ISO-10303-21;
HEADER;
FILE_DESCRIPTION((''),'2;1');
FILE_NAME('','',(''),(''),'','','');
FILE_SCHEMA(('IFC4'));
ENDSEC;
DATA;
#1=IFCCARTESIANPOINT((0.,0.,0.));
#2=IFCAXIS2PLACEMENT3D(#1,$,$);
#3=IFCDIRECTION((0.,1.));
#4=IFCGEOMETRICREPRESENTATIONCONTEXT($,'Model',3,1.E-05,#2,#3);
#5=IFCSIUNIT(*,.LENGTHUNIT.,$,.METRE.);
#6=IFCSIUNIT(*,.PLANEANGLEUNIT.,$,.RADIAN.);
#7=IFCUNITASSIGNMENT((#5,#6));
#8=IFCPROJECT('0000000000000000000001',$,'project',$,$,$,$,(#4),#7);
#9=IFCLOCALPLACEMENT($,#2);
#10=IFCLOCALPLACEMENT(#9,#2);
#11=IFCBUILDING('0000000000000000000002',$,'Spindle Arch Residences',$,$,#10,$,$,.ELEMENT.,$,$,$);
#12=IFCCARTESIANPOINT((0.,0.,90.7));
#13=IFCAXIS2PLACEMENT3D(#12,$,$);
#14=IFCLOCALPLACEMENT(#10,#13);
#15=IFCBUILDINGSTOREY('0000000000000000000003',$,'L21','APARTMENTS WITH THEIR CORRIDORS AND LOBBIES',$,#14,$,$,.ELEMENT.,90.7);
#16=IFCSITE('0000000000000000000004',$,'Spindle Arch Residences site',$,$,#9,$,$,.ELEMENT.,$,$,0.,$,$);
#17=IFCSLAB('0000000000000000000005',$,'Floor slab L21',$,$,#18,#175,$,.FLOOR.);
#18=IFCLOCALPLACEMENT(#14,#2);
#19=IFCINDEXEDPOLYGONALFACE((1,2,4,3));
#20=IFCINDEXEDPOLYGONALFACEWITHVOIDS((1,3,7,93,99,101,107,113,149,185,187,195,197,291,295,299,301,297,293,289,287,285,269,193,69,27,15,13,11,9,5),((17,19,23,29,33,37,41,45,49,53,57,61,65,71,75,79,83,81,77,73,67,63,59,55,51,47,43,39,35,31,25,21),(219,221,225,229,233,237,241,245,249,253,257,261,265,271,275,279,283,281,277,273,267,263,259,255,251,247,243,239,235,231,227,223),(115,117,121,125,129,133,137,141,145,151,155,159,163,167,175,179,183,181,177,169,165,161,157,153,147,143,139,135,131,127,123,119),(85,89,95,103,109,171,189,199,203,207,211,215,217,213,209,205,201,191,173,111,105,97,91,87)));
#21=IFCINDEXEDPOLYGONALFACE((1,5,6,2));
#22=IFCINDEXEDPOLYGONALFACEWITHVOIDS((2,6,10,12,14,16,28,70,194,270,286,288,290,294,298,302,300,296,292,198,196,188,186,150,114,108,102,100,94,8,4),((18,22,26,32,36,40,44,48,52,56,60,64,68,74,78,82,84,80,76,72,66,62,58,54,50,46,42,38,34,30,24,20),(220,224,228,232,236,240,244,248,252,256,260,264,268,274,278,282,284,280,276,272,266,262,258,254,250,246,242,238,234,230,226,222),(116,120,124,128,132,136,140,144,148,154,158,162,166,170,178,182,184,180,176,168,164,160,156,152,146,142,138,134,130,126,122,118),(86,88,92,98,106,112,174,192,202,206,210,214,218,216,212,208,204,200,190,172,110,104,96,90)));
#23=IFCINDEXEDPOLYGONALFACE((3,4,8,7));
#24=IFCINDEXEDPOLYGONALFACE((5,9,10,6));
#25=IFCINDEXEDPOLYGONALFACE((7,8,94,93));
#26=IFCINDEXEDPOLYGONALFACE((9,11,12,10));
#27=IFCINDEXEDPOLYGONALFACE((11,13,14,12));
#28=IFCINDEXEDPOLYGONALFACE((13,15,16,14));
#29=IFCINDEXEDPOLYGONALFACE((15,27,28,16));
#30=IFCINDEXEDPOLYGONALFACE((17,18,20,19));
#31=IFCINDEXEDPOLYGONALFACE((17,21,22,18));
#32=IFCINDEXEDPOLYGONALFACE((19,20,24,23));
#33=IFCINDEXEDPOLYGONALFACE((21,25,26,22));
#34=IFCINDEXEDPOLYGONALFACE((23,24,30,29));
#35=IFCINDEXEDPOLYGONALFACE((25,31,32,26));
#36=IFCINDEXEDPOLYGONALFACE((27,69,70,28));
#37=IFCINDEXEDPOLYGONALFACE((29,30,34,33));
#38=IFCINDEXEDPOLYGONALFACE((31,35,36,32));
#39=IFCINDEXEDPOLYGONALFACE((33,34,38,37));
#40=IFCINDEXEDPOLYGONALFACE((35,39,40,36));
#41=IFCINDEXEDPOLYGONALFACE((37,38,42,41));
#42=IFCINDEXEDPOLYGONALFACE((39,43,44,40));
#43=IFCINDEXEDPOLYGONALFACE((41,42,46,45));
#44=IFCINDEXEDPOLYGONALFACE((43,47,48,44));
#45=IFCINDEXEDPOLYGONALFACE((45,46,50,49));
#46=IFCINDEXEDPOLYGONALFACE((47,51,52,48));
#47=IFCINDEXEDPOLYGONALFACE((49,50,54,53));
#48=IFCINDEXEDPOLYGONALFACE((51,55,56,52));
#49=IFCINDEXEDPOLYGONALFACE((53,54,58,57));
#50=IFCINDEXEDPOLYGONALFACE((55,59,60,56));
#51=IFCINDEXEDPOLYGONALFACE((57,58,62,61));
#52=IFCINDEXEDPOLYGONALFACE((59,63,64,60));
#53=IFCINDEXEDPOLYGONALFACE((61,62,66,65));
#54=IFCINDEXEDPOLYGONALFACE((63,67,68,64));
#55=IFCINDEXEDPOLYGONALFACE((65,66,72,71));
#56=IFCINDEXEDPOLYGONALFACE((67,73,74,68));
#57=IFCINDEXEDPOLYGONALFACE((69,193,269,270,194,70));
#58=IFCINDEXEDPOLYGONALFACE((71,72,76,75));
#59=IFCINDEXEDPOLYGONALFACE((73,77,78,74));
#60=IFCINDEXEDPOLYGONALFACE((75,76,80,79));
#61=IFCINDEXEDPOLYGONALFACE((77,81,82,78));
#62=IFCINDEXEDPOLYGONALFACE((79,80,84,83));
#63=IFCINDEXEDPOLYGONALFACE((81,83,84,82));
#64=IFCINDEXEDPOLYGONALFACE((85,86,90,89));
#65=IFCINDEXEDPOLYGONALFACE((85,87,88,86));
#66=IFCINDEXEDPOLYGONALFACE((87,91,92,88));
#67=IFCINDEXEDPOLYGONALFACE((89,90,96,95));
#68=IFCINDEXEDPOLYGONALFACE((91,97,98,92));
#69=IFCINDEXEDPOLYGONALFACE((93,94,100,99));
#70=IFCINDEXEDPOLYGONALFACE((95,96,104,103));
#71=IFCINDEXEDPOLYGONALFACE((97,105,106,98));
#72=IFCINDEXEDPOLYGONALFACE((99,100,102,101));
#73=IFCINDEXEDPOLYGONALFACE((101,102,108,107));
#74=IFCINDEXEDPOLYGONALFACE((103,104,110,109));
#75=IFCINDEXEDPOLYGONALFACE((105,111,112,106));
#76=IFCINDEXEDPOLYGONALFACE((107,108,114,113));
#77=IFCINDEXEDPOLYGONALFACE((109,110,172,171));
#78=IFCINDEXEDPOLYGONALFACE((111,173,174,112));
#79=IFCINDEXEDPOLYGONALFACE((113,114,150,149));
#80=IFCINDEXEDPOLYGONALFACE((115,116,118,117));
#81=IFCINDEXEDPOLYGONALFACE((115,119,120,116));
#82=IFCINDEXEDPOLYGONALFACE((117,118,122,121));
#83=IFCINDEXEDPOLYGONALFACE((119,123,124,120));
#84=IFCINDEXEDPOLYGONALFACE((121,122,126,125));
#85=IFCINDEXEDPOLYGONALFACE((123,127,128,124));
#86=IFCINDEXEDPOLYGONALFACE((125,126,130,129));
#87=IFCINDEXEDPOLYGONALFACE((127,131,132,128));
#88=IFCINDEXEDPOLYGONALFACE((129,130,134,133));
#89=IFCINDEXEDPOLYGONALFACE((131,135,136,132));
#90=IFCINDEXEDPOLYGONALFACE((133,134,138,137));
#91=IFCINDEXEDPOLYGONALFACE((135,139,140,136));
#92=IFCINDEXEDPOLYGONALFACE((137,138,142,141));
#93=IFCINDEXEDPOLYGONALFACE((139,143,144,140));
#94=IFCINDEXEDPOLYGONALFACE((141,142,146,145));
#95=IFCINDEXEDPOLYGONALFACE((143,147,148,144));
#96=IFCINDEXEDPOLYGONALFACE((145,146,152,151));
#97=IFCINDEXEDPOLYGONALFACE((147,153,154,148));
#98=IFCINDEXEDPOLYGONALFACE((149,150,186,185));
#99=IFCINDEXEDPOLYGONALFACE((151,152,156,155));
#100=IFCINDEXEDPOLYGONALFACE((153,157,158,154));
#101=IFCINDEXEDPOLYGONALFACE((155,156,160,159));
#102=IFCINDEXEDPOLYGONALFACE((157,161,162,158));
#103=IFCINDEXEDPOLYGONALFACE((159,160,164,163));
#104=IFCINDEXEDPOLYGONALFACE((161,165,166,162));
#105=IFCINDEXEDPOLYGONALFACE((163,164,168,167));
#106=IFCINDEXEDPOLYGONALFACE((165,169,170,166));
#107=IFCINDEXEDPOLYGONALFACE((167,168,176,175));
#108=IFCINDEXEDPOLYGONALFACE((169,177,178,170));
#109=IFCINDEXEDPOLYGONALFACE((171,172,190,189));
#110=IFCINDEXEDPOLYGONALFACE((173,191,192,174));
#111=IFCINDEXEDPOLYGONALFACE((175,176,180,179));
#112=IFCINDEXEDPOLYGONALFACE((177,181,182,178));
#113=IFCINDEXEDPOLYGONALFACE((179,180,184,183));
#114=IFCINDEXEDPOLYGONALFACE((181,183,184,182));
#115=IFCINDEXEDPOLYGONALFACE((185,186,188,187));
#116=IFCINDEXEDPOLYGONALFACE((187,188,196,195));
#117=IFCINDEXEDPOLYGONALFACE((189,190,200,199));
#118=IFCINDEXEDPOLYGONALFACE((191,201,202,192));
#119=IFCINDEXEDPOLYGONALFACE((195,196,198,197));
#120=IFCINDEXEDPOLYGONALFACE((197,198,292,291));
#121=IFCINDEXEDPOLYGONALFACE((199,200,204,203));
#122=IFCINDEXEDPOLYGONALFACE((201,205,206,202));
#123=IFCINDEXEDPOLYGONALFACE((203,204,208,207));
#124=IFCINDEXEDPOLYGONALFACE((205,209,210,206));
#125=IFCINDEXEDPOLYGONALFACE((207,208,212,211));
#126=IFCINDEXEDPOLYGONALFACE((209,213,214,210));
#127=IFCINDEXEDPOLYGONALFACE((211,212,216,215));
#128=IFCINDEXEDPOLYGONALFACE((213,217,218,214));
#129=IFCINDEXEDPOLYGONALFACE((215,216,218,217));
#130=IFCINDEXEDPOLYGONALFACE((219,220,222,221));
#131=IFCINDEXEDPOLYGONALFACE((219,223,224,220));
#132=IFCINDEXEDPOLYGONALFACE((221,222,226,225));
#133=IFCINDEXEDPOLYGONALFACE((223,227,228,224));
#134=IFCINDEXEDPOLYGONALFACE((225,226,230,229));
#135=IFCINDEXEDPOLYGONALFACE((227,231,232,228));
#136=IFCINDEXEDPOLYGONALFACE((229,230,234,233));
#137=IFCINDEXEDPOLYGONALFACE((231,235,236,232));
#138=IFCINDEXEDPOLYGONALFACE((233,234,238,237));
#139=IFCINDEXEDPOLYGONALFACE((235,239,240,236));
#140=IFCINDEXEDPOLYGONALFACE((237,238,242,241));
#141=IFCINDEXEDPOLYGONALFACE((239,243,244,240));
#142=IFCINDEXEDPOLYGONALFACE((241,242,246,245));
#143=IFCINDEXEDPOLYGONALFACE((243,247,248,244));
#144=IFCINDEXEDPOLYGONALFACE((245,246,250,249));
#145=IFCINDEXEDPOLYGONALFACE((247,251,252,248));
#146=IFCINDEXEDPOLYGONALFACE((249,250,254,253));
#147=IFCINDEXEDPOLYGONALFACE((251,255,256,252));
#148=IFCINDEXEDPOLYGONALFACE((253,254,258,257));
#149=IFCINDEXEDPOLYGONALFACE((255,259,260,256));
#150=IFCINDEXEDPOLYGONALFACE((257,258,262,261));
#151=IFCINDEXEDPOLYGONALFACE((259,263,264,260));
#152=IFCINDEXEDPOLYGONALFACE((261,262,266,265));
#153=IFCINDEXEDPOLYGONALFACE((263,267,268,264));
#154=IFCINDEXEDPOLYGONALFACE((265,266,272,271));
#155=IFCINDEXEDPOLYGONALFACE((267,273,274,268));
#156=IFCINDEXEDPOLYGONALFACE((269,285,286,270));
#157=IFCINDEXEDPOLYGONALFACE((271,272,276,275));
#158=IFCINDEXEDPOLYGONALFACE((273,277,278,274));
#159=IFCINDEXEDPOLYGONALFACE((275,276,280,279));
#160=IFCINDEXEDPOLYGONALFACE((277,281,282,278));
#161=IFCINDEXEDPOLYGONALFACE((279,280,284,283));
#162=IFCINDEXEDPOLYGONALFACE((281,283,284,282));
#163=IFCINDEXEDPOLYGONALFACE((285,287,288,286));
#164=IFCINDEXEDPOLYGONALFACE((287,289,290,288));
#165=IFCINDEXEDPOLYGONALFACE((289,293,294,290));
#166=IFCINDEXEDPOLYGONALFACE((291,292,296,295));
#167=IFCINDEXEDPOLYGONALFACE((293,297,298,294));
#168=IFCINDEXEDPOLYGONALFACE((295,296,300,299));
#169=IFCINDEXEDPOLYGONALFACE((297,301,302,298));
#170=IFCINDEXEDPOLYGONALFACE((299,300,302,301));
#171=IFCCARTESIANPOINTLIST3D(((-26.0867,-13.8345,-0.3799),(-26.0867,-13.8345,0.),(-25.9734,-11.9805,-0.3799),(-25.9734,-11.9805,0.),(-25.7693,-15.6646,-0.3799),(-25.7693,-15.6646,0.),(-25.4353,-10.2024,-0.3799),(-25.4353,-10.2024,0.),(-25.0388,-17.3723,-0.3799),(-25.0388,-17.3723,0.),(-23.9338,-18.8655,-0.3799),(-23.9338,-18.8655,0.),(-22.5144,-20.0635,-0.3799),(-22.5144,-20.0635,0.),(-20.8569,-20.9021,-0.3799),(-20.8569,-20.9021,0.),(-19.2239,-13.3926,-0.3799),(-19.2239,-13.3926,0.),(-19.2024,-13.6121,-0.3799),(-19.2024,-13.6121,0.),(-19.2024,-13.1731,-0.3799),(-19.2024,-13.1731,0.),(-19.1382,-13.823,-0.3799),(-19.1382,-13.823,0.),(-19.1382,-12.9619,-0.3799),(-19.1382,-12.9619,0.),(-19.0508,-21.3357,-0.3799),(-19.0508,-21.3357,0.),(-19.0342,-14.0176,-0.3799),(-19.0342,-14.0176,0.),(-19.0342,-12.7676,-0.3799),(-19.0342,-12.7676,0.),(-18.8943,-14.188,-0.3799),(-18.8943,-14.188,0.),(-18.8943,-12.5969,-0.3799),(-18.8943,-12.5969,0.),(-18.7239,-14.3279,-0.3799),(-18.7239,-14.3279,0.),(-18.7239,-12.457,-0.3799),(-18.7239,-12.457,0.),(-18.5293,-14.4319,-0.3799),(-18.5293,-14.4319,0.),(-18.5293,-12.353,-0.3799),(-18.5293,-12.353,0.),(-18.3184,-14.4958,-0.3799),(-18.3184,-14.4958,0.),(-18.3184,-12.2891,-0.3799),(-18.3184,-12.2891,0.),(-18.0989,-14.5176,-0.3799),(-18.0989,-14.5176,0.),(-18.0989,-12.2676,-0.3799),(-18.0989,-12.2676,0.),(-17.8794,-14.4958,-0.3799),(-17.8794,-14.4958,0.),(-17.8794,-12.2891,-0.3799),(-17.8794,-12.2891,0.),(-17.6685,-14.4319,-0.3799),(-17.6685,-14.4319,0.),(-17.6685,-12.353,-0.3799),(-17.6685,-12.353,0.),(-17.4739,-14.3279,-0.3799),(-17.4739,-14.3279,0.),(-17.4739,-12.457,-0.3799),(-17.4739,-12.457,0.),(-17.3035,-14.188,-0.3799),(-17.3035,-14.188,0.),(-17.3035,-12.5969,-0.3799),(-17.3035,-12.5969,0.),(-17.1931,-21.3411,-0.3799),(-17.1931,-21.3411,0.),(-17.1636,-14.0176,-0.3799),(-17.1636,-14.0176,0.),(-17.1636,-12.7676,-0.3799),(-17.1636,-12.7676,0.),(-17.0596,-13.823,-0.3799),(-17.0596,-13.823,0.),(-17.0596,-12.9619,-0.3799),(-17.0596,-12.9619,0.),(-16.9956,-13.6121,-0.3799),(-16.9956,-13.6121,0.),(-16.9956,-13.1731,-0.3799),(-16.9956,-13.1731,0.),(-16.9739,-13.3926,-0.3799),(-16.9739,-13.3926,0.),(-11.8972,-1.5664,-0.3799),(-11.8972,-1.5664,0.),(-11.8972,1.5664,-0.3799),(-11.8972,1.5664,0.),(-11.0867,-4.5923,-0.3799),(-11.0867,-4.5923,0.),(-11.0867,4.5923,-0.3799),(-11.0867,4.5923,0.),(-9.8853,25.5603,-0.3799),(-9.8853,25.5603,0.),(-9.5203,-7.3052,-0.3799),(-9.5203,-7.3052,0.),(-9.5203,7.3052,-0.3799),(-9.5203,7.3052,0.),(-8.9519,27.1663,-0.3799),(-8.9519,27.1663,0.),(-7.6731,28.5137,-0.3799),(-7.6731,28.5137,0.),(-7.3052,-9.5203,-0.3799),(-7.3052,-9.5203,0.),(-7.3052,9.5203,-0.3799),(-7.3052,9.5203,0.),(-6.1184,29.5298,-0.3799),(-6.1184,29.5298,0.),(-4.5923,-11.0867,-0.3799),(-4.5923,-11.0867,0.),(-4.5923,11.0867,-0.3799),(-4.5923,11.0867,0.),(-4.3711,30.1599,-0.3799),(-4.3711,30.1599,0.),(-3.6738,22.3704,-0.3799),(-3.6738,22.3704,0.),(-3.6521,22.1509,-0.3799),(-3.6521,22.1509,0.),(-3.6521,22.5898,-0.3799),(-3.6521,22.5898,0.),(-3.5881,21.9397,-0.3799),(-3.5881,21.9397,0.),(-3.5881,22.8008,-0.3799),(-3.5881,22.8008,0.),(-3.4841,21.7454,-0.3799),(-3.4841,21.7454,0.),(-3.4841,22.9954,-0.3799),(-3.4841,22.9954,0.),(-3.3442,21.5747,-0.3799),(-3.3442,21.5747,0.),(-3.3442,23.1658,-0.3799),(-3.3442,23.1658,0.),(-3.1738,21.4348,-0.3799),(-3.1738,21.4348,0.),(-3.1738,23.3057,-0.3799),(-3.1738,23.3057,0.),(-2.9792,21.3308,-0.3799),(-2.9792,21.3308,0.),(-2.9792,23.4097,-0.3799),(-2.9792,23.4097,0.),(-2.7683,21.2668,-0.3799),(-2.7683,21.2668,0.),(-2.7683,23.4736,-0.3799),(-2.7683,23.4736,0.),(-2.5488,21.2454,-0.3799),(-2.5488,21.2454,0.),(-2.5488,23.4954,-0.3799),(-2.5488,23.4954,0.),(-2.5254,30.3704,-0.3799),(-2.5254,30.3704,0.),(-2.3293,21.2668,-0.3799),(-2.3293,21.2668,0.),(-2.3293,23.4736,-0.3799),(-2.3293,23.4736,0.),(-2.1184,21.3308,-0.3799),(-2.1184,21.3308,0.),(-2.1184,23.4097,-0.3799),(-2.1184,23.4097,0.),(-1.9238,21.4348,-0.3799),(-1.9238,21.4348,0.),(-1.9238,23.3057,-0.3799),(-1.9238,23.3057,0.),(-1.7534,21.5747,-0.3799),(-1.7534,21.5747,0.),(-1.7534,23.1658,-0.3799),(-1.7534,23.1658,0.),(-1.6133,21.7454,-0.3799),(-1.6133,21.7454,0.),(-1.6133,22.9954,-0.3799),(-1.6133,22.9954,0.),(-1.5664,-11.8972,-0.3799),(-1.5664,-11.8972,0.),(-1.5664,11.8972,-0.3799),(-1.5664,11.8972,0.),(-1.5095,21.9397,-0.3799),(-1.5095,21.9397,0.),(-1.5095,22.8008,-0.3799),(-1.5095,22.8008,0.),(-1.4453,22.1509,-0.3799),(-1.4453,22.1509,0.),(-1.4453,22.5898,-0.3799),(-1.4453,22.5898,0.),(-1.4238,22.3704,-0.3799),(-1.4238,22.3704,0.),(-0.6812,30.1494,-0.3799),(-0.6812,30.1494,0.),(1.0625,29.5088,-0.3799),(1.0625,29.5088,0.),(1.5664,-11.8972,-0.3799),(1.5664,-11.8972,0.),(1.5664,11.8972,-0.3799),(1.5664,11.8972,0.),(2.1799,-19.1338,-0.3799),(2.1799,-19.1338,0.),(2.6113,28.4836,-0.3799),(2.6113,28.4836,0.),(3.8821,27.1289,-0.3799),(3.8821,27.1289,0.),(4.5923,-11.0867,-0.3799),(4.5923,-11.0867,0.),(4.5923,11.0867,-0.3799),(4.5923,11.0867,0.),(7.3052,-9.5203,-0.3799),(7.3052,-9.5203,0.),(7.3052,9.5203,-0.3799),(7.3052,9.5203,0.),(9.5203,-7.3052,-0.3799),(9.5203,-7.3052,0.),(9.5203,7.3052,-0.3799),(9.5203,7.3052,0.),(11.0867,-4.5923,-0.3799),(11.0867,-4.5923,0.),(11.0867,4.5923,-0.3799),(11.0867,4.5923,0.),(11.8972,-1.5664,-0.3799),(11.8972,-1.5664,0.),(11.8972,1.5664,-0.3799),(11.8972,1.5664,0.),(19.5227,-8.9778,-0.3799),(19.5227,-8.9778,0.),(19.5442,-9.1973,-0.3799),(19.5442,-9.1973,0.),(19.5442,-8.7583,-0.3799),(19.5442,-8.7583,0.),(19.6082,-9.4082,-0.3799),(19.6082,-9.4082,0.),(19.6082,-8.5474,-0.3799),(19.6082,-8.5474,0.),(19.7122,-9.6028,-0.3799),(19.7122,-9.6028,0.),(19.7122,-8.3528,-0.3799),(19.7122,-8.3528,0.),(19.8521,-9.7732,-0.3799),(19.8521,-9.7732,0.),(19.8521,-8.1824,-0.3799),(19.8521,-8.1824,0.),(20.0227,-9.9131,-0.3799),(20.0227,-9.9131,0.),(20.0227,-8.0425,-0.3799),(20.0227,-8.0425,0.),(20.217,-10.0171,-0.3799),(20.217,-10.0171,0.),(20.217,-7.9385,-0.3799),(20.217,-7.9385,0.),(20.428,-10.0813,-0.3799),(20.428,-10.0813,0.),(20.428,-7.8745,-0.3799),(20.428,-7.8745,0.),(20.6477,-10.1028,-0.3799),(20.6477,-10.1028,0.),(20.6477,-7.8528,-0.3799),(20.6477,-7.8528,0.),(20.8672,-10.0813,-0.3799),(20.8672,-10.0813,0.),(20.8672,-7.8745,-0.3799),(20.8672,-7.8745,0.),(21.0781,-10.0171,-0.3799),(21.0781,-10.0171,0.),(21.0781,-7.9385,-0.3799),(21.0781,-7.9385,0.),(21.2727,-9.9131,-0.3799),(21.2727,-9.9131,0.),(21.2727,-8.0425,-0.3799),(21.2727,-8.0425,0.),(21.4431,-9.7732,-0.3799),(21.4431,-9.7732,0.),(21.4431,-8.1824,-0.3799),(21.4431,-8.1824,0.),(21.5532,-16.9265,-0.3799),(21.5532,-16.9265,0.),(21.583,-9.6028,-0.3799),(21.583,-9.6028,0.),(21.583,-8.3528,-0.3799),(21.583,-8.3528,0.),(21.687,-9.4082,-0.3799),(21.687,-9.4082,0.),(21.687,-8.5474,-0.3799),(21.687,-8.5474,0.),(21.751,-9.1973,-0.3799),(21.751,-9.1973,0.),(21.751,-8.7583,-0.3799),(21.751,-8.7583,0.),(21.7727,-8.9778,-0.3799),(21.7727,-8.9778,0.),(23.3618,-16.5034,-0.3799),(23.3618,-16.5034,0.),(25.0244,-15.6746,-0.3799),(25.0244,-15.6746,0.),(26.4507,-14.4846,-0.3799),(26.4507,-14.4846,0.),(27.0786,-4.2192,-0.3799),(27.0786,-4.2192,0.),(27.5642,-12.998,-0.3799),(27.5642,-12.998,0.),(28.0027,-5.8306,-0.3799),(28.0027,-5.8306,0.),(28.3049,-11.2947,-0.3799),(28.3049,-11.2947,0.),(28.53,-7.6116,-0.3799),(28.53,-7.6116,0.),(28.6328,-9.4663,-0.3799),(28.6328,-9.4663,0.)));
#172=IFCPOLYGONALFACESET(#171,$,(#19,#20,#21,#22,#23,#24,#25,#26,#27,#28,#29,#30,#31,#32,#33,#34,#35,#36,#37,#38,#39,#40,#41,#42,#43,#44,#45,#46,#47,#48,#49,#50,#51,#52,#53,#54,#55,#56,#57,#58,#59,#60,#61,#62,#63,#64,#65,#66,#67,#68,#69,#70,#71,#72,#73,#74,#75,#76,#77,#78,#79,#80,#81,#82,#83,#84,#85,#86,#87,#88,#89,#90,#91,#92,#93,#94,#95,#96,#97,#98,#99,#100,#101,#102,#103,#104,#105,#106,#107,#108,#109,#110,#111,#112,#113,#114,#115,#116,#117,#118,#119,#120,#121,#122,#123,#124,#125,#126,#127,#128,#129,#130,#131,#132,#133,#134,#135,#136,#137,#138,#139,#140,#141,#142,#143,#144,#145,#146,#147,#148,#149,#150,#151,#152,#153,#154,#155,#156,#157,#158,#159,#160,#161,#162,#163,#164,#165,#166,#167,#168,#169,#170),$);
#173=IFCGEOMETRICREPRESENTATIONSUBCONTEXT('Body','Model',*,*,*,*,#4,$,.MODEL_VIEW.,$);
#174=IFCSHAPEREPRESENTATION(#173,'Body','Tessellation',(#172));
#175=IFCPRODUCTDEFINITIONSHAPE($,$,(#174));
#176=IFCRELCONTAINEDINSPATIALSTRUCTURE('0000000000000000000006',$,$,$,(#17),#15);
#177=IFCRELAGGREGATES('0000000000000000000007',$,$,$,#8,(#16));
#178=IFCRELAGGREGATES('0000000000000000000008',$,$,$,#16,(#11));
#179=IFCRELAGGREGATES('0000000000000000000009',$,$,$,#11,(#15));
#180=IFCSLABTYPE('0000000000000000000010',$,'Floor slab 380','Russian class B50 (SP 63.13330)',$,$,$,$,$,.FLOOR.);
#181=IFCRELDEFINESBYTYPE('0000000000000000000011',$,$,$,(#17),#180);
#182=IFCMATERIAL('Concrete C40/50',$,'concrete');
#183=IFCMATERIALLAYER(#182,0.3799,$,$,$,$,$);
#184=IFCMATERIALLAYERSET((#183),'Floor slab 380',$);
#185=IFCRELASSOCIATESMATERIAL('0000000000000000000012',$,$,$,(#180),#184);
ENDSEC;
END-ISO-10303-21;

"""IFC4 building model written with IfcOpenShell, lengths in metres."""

from ifc_helpers import new_model, si_unit, direction, frame, origin, place, context, subcontext, project, spatial, polyline, outline, extrude, material, layer, layer_set, type_object, element, save


model = new_model("IFC4")

# Units and contexts
model_context = context("Model", 3, precision=1e-05, world=origin(), true_north=direction((0.0, 1.0)))
body_context = subcontext(model_context, "Body", "Model", "MODEL_VIEW")
ifc_project = project(units=[si_unit("LENGTHUNIT", "METRE"), si_unit("PLANEANGLEUNIT", "RADIAN")], contexts=[model_context])

# Site, building, storey
site_placement = place(None, origin())
site = spatial("IfcSite", under=ifc_project, at=site_placement, Name="Spindle Arch Residences site", CompositionType="ELEMENT", RefElevation=0.0)
building_placement = place(site_placement, origin())
building = spatial("IfcBuilding", under=site, at=building_placement, Name="Spindle Arch Residences", CompositionType="ELEMENT")
storey_placement = place(building_placement, frame((0.0, 0.0, 90.7)))
storey = spatial("IfcBuildingStorey", under=building, at=storey_placement, Name="L21", Description="APARTMENTS WITH THEIR CORRIDORS AND LOBBIES", CompositionType="ELEMENT", Elevation=90.7)

# Slab
ifc_material_1 = material(Name="Concrete C40/50", Category="concrete")
ifc_layer_1 = layer(ifc_material_1, 0.3799)
ifc_layer_set_1 = layer_set([ifc_layer_1], Name="Floor slab 380")
slab_type = type_object("IfcSlabType", Name="Floor slab 380", Description="Russian class B50 (SP 63.13330)", PredefinedType="FLOOR", material=ifc_layer_set_1)
slab_placement = place(storey_placement, frame((0.0, 0.0, -0.3799)))
element("IfcSlab", 1, at=slab_placement, inside=storey, type_object=slab_type, Name="Floor slab L21", PredefinedType="FLOOR", context=body_context, shape_type="SweptSolid", body=[
    extrude(outline(polyline([(-19.0508, -21.3357), (-20.8569, -20.9021), (-22.5144, -20.0635), (-23.9338, -18.8655), (-25.0388, -17.3723), (-25.7693, -15.6646), (-26.0867, -13.8345), (-25.9734, -11.9805), (-25.4353, -10.2024), (-9.8853, 25.5603), (-8.9519, 27.1663), (-7.6731, 28.5137), (-6.1184, 29.5298), (-4.3711, 30.1599), (-2.5254, 30.3704), (-0.6812, 30.1494), (1.0625, 29.5088), (2.6113, 28.4836), (3.8821, 27.1289), (27.0786, -4.2192), (28.0027, -5.8306), (28.53, -7.6116), (28.6328, -9.4663), (28.3049, -11.2947), (27.5642, -12.998), (26.4507, -14.4846), (25.0244, -15.6746), (23.3618, -16.5034), (21.5532, -16.9265), (2.1799, -19.1338), (-17.1931, -21.3411), (-19.0508, -21.3357)]), holes=[polyline([(7.3052, -9.5203), (9.5203, -7.3052), (11.0867, -4.5923), (11.8972, -1.5664), (11.8972, 1.5664), (11.0867, 4.5923), (9.5203, 7.3052), (7.3052, 9.5203), (4.5923, 11.0867), (1.5664, 11.8972), (-1.5664, 11.8972), (-4.5923, 11.0867), (-7.3052, 9.5203), (-9.5203, 7.3052), (-11.0867, 4.5923), (-11.8972, 1.5664), (-11.8972, -1.5664), (-11.0867, -4.5923), (-9.5203, -7.3052), (-7.3052, -9.5203), (-4.5923, -11.0867), (-1.5664, -11.8972), (1.5664, -11.8972), (4.5923, -11.0867), (7.3052, -9.5203)]), polyline([(-17.3035, -14.188), (-17.1636, -14.0176), (-17.0596, -13.823), (-16.9956, -13.6121), (-16.9739, -13.3926), (-16.9956, -13.1731), (-17.0596, -12.9619), (-17.1636, -12.7676), (-17.3035, -12.5969), (-17.4739, -12.457), (-17.6685, -12.353), (-17.8794, -12.2891), (-18.0989, -12.2676), (-18.3184, -12.2891), (-18.5293, -12.353), (-18.7239, -12.457), (-18.8943, -12.5969), (-19.0342, -12.7676), (-19.1382, -12.9619), (-19.2024, -13.1731), (-19.2239, -13.3926), (-19.2024, -13.6121), (-19.1382, -13.823), (-19.0342, -14.0176), (-18.8943, -14.188), (-18.7239, -14.3279), (-18.5293, -14.4319), (-18.3184, -14.4958), (-18.0989, -14.5176), (-17.8794, -14.4958), (-17.6685, -14.4319), (-17.4739, -14.3279), (-17.3035, -14.188)]), polyline([(-1.7534, 21.5747), (-1.6133, 21.7454), (-1.5095, 21.9397), (-1.4453, 22.1509), (-1.4238, 22.3704), (-1.4453, 22.5898), (-1.5095, 22.8008), (-1.6133, 22.9954), (-1.7534, 23.1658), (-1.9238, 23.3057), (-2.1184, 23.4097), (-2.3293, 23.4736), (-2.5488, 23.4954), (-2.7683, 23.4736), (-2.9792, 23.4097), (-3.1738, 23.3057), (-3.3442, 23.1658), (-3.4841, 22.9954), (-3.5881, 22.8008), (-3.6521, 22.5898), (-3.6738, 22.3704), (-3.6521, 22.1509), (-3.5881, 21.9397), (-3.4841, 21.7454), (-3.3442, 21.5747), (-3.1738, 21.4348), (-2.9792, 21.3308), (-2.7683, 21.2668), (-2.5488, 21.2454), (-2.3293, 21.2668), (-2.1184, 21.3308), (-1.9238, 21.4348), (-1.7534, 21.5747)]), polyline([(21.4431, -9.7732), (21.583, -9.6028), (21.687, -9.4082), (21.751, -9.1973), (21.7727, -8.9778), (21.751, -8.7583), (21.687, -8.5474), (21.583, -8.3528), (21.4431, -8.1824), (21.2727, -8.0425), (21.0781, -7.9385), (20.8672, -7.8745), (20.6477, -7.8528), (20.428, -7.8745), (20.217, -7.9385), (20.0227, -8.0425), (19.8521, -8.1824), (19.7122, -8.3528), (19.6082, -8.5474), (19.5442, -8.7583), (19.5227, -8.9778), (19.5442, -9.1973), (19.6082, -9.4082), (19.7122, -9.6028), (19.8521, -9.7732), (20.0227, -9.9131), (20.217, -10.0171), (20.428, -10.0813), (20.6477, -10.1028), (20.8672, -10.0813), (21.0781, -10.0171), (21.2727, -9.9131), (21.4431, -9.7732)])]), origin(), (0.0, 0.0, 1.0), 0.3799),
])

save(model, "model.ifc")
